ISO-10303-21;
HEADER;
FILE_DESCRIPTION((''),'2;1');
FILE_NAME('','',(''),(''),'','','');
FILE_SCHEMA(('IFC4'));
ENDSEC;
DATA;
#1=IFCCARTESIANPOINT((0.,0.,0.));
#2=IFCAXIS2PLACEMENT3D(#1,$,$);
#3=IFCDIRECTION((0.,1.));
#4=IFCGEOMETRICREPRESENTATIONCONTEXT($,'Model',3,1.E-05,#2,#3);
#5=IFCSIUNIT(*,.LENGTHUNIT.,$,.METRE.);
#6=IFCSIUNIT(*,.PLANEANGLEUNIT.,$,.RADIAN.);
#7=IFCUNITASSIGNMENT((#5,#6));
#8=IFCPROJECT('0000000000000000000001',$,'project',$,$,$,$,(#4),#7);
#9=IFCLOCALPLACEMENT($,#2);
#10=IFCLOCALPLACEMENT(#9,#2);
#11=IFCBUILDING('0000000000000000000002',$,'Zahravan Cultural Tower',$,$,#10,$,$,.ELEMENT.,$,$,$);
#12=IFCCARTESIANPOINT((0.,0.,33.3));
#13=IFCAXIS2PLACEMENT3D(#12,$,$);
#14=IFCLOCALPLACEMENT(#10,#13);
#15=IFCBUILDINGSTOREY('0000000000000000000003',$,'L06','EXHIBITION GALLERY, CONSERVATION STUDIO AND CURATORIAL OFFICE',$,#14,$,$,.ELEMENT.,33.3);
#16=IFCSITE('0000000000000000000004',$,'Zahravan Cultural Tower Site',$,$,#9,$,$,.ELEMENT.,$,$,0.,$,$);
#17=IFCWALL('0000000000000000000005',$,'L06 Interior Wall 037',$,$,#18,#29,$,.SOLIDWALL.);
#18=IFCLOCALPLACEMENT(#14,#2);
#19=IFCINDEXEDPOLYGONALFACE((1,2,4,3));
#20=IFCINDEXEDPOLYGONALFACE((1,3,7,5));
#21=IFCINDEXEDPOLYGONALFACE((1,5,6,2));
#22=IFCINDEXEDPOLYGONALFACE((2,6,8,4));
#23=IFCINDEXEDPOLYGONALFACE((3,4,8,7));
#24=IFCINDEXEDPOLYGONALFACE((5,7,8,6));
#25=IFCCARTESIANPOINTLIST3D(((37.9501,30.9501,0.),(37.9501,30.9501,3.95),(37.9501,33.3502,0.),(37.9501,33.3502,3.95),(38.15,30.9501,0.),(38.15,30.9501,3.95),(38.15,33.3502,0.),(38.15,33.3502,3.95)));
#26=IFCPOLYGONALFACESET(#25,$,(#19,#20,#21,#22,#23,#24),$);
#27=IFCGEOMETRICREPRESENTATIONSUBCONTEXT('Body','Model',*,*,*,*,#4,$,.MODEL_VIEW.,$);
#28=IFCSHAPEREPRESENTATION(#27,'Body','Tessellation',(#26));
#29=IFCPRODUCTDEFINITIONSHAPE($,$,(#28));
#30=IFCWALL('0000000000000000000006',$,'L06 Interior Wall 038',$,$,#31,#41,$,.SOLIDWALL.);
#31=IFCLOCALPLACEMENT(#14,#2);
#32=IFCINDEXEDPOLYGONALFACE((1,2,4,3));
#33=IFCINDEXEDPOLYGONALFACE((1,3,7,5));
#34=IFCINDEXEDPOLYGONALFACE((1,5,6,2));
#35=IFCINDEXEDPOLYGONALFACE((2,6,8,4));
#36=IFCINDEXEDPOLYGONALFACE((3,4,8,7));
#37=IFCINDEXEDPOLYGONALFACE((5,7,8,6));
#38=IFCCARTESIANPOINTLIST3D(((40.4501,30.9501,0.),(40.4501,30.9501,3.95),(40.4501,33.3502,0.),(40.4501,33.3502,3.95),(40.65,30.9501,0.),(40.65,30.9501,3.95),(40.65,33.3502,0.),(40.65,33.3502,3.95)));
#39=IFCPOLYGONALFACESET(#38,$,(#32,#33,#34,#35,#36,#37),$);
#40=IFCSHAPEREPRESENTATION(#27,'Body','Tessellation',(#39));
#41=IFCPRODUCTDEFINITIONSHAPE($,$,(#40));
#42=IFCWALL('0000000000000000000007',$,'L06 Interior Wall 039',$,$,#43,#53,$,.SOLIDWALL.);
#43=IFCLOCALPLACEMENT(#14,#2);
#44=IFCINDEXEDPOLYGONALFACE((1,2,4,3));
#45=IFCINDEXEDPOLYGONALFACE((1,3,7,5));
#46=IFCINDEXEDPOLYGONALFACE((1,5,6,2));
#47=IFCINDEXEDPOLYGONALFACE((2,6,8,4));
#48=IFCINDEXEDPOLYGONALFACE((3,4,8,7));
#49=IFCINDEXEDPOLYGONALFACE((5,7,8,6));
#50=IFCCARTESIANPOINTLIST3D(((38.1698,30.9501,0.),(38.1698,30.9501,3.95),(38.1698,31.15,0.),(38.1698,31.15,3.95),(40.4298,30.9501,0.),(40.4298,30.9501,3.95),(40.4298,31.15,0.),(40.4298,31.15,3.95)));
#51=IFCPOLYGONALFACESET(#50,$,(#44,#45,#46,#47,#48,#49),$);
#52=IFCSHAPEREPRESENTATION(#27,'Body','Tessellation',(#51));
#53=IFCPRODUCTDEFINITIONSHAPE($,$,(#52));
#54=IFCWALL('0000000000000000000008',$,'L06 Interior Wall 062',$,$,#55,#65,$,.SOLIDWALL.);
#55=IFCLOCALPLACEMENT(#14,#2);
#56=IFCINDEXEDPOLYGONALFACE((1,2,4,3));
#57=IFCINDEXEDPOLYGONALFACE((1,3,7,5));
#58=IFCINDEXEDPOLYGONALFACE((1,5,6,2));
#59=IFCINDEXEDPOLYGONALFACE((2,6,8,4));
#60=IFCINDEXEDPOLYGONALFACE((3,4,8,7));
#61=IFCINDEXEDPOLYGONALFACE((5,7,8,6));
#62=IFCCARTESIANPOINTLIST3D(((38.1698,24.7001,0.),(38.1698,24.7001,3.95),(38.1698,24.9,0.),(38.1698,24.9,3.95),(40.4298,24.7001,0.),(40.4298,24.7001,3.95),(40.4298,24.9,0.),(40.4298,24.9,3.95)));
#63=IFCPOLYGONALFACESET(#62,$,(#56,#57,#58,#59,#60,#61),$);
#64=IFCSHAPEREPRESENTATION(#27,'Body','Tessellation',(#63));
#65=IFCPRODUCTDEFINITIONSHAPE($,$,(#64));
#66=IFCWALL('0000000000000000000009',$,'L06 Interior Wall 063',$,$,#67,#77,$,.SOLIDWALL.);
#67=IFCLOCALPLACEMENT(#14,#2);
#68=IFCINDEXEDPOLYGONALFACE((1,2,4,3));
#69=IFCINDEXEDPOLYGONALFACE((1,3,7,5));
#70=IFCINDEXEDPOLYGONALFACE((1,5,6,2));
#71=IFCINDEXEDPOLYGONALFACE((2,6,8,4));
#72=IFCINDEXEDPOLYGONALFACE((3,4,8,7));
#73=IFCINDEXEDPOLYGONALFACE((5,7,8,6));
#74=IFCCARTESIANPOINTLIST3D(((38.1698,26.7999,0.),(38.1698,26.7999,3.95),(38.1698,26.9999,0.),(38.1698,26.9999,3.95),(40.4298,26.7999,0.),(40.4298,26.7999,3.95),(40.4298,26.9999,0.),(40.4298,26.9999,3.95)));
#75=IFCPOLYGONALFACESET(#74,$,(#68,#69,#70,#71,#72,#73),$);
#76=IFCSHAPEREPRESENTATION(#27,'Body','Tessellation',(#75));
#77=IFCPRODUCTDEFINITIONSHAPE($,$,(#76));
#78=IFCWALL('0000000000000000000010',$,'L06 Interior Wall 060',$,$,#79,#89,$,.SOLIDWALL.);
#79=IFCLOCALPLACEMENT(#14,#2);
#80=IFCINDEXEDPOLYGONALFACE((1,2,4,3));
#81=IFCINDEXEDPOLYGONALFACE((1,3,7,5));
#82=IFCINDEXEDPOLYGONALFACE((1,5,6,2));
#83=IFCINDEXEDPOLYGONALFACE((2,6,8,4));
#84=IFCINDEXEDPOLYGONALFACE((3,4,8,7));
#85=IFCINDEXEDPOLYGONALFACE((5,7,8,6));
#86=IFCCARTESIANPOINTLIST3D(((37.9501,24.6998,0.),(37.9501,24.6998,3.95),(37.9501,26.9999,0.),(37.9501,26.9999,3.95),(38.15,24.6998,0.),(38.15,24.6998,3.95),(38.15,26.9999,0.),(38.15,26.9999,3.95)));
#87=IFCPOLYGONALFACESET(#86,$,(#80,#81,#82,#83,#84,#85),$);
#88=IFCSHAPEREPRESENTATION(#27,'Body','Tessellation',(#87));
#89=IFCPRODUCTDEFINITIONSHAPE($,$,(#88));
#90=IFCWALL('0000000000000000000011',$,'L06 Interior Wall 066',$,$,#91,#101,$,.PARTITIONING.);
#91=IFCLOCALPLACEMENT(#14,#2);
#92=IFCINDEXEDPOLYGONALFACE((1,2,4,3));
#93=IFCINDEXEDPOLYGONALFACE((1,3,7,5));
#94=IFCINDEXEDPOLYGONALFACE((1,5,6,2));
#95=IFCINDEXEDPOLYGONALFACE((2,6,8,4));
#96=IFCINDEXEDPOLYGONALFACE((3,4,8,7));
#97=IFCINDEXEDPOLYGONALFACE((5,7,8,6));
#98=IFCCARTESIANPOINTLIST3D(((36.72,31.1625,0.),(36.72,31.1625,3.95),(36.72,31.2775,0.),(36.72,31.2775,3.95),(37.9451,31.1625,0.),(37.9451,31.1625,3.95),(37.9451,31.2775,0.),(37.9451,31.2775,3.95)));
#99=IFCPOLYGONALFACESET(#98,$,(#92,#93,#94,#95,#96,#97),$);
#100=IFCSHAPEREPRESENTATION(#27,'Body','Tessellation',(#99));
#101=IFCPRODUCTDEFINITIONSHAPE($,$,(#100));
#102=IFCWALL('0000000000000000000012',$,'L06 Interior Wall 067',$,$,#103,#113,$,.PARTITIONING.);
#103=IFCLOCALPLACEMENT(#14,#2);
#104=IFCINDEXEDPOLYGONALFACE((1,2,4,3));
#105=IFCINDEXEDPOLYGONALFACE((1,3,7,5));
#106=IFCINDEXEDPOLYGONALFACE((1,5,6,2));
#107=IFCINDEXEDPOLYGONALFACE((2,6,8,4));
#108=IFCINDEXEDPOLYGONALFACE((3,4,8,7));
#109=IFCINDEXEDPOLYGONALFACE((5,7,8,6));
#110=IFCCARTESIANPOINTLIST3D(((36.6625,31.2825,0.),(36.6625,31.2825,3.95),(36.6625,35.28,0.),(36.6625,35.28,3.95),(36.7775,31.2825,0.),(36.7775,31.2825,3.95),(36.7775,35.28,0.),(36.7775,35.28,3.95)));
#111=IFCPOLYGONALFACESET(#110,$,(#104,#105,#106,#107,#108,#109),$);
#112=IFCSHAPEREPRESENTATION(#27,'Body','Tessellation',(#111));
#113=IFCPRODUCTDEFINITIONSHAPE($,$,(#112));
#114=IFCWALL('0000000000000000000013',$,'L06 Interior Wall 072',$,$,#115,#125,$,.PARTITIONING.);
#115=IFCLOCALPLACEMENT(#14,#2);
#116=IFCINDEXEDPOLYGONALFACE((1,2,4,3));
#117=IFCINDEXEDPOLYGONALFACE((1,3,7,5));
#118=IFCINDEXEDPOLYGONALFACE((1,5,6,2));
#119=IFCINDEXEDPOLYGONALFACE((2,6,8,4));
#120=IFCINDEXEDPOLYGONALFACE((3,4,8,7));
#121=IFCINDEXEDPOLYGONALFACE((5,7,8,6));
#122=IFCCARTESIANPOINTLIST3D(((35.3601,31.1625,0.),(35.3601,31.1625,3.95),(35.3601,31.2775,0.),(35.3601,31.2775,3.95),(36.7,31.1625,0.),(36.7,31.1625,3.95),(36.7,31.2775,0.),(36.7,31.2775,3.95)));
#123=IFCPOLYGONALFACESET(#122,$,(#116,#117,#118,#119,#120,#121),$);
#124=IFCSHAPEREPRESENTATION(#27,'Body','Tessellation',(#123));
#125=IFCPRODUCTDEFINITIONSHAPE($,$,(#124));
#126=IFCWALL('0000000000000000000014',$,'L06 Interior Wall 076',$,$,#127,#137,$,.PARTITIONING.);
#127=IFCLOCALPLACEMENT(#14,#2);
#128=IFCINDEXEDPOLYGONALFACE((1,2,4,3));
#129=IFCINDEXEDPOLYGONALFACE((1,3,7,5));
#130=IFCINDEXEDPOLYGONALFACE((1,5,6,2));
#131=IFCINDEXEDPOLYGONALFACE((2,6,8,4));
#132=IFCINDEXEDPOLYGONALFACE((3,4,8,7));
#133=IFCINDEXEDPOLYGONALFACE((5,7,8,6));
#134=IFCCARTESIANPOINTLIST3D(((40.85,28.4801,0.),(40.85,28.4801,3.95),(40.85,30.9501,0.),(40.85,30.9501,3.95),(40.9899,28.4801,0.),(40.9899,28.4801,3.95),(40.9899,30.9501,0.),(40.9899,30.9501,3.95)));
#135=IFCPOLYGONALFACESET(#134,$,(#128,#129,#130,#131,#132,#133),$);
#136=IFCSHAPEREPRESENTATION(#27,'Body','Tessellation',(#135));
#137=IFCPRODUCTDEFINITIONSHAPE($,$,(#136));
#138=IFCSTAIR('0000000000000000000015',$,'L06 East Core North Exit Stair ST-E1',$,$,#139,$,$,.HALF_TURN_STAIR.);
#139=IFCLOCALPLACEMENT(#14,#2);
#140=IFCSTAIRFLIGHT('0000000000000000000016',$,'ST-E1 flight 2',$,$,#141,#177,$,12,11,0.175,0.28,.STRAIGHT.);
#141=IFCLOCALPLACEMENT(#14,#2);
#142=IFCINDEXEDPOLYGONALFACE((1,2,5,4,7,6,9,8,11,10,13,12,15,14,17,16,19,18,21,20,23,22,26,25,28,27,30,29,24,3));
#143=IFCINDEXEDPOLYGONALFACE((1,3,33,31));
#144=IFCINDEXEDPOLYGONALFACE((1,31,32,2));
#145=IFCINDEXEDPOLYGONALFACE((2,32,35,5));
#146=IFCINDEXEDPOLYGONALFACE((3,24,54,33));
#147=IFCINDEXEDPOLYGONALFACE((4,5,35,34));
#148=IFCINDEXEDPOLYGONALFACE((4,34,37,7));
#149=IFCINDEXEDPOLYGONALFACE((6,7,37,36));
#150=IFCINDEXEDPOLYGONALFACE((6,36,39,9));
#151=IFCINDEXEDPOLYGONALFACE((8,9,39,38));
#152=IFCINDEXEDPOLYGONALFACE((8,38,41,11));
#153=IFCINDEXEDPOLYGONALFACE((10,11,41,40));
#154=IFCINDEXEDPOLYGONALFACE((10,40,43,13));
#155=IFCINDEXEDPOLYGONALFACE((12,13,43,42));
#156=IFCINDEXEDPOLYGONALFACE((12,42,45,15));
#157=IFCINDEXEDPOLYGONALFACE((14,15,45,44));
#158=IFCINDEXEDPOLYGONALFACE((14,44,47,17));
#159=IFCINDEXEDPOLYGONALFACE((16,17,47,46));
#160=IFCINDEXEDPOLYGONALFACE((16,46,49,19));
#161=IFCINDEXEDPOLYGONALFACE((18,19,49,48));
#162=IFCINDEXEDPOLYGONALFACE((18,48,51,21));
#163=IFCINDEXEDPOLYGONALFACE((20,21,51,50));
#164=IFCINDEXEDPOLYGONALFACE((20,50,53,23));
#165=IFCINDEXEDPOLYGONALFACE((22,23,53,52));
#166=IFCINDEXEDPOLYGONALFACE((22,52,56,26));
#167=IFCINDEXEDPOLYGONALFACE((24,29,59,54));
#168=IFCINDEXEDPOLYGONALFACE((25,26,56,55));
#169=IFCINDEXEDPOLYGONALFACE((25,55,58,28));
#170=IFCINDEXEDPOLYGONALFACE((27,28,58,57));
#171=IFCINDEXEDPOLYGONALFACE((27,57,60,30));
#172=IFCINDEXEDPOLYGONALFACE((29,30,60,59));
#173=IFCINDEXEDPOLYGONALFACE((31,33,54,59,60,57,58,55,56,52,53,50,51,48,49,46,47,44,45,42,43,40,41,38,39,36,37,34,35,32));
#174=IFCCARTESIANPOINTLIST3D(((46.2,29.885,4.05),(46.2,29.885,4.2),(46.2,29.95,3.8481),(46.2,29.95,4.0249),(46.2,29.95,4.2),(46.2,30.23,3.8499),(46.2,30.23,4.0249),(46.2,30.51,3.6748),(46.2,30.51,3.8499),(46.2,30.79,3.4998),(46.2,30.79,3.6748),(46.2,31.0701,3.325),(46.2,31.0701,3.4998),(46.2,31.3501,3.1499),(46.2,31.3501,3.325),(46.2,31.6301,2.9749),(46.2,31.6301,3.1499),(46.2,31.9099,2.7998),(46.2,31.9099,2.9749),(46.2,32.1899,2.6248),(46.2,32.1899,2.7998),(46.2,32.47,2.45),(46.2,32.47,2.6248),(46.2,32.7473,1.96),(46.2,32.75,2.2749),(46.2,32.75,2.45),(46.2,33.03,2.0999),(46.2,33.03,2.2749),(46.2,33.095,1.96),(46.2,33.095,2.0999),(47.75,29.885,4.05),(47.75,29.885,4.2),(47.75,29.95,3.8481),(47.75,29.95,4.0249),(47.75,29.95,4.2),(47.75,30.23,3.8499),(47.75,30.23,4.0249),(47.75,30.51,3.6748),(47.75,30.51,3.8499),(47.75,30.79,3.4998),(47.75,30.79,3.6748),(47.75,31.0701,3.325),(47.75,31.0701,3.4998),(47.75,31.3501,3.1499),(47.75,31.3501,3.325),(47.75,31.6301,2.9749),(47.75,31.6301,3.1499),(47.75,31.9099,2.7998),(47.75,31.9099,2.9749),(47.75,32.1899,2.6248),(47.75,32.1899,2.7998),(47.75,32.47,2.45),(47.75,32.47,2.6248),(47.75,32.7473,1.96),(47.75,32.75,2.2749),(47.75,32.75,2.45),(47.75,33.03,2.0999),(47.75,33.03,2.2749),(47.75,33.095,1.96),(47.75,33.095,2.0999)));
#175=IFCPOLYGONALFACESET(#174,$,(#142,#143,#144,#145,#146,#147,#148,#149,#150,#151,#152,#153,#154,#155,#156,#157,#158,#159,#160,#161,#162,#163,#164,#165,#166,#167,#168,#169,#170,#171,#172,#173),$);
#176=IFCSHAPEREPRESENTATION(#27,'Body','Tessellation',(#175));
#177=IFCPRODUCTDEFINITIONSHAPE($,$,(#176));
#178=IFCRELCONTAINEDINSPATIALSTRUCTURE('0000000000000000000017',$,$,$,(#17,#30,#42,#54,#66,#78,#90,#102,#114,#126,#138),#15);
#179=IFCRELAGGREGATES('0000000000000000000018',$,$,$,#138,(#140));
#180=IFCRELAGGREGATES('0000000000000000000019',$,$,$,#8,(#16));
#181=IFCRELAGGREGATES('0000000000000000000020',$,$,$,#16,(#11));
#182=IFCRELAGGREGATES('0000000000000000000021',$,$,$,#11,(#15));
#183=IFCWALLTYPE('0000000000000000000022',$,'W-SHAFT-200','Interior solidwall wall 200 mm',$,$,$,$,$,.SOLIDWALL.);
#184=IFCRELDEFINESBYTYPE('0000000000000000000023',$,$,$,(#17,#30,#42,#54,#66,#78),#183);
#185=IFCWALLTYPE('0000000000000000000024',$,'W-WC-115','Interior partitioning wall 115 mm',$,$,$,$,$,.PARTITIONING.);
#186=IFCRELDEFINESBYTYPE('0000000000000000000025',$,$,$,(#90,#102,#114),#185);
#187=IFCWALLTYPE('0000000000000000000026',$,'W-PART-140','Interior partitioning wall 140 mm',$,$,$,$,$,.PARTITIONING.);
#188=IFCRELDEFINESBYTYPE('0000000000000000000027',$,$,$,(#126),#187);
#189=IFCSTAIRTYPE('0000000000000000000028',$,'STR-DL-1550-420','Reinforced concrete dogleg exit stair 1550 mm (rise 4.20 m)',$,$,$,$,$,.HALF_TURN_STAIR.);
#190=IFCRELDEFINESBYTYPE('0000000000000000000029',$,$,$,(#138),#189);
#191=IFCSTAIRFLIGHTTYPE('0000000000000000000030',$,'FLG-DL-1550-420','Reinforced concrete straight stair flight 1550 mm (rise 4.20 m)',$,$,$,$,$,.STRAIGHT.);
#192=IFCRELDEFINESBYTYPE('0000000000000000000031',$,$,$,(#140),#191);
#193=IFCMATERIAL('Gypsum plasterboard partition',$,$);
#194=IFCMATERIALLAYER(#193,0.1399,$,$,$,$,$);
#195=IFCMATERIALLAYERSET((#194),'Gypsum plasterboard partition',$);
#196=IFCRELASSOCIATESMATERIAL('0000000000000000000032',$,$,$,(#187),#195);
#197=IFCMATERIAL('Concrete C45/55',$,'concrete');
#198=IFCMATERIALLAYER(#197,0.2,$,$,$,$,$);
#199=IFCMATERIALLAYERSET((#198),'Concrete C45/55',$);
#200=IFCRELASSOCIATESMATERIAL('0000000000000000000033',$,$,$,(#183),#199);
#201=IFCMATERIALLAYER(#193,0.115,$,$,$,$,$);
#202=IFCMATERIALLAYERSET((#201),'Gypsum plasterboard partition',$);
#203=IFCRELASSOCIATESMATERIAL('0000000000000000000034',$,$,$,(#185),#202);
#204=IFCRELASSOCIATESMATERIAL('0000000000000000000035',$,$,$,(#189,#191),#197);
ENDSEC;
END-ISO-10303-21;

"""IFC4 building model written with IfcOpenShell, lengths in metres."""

from ifc_helpers import new_model, si_unit, direction, frame, frame_2d, origin, place, context, subcontext, project, spatial, polyline, rectangle, outline, extrude, source, transform, mapped, material, layer, layer_set, type_object, element, aggregate, save


model = new_model("IFC4")

# Units and contexts
model_context = context("Model", 3, precision=1e-05, world=origin(), true_north=direction((0.0, 1.0)))
body_context = subcontext(model_context, "Body", "Model", "MODEL_VIEW")
ifc_project = project(units=[si_unit("LENGTHUNIT", "METRE"), si_unit("PLANEANGLEUNIT", "RADIAN")], contexts=[model_context])

# Site, building, storey
site_placement = place(None, origin())
site = spatial("IfcSite", under=ifc_project, at=site_placement, Name="Zahravan Cultural Tower Site", CompositionType="ELEMENT", RefElevation=0.0)
building_placement = place(site_placement, origin())
building = spatial("IfcBuilding", under=site, at=building_placement, Name="Zahravan Cultural Tower", CompositionType="ELEMENT")
storey_placement = place(building_placement, frame((0.0, 0.0, 33.3)))
storey = spatial("IfcBuildingStorey", under=building, at=storey_placement, Name="L06", Description="EXHIBITION GALLERY, CONSERVATION STUDIO AND CURATORIAL OFFICE", CompositionType="ELEMENT", Elevation=33.3)

# Shared definitions
ifc_material_1 = material(Name="Gypsum plasterboard partition")
ifc_layer_1 = layer(ifc_material_1, 0.1399)
ifc_layer_set_1 = layer_set([ifc_layer_1], Name="Gypsum plasterboard partition")
wall_type_1 = type_object("IfcWallType", Name="W-PART-140", Description="Interior partitioning wall 140 mm", PredefinedType="PARTITIONING", material=ifc_layer_set_1)
ifc_material_2 = material(Name="Concrete C45/55", Category="concrete")
ifc_layer_2 = layer(ifc_material_2, 0.2)
ifc_layer_set_2 = layer_set([ifc_layer_2], Name="Concrete C45/55")
wall_type_2 = type_object("IfcWallType", Name="W-SHAFT-200", Description="Interior solidwall wall 200 mm", PredefinedType="SOLIDWALL", material=ifc_layer_set_2)

# Walls
shared_shape_1 = source(origin(), body_context, "Body", "SweptSolid", [
    extrude(rectangle(XDim=2.4001, YDim=0.2, at=frame_2d((1.2002, 0.0))), origin(), (0.0, 0.0, 1.0), 3.95),
])
for number, where, z_axis, x_axis, name in (
    (1, (38.05, 30.95, 0.0), (0.0, 0.0, 1.0), (0.0, 1.0, 0.0), "L06 Interior Wall 037"),
    (2, (40.55, 30.95, 0.0), (0.0, 0.0, 1.0), (0.0, 1.0, 0.0), "L06 Interior Wall 038"),
):
    element("IfcWall", number, at=place(storey_placement, frame(where, z_axis=z_axis, x_axis=x_axis)), inside=storey, type_object=wall_type_2, Name=name, PredefinedType="SOLIDWALL", context=body_context, shape_type="MappedRepresentation", body=[
        mapped(shared_shape_1, transform((0.0, 0.0, 0.0), x_axis=(1.0, 0.0, 0.0), y_axis=(0.0, 1.0, 0.0), z_axis=(0.0, 0.0, 1.0), scale=1.0)),
    ])
shared_shape_2 = source(origin(), body_context, "Body", "SweptSolid", [
    extrude(rectangle(XDim=2.26, YDim=0.2, at=frame_2d((1.1299, 0.0))), origin(), (0.0, 0.0, 1.0), 3.95),
])
for number, where, z_axis, x_axis, name in (
    (3, (38.1699, 31.05, 0.0), (0.0, 0.0, 1.0), (1.0, 0.0, 0.0), "L06 Interior Wall 039"),
    (4, (38.1699, 24.8, 0.0), (0.0, 0.0, 1.0), (1.0, 0.0, 0.0), "L06 Interior Wall 062"),
    (5, (38.1699, 26.8999, 0.0), (0.0, 0.0, 1.0), (1.0, 0.0, 0.0), "L06 Interior Wall 063"),
):
    element("IfcWall", number, at=place(storey_placement, frame(where, z_axis=z_axis, x_axis=x_axis)), inside=storey, type_object=wall_type_2, Name=name, PredefinedType="SOLIDWALL", context=body_context, shape_type="MappedRepresentation", body=[
        mapped(shared_shape_2, transform((0.0, 0.0, 0.0), x_axis=(1.0, 0.0, 0.0), y_axis=(0.0, 1.0, 0.0), z_axis=(0.0, 0.0, 1.0), scale=1.0)),
    ])
shared_shape_3 = source(origin(), body_context, "Body", "SweptSolid", [
    extrude(rectangle(XDim=2.3, YDim=0.2, at=frame_2d((1.1499, 0.0))), origin(), (0.0, 0.0, 1.0), 3.95),
])
wall_1_placement = place(storey_placement, frame((38.05, 24.7, 0.0), z_axis=(0.0, 0.0, 1.0), x_axis=(0.0, 1.0, 0.0)))
element("IfcWall", 6, at=wall_1_placement, inside=storey, type_object=wall_type_2, Name="L06 Interior Wall 060", PredefinedType="SOLIDWALL", context=body_context, shape_type="MappedRepresentation", body=[
    mapped(shared_shape_3, transform((0.0, 0.0, 0.0), x_axis=(1.0, 0.0, 0.0), y_axis=(0.0, 1.0, 0.0), z_axis=(0.0, 0.0, 1.0), scale=1.0)),
])
ifc_layer_3 = layer(ifc_material_1, 0.115)
ifc_layer_set_3 = layer_set([ifc_layer_3], Name="Gypsum plasterboard partition")
wall_type_3 = type_object("IfcWallType", Name="W-WC-115", Description="Interior partitioning wall 115 mm", PredefinedType="PARTITIONING", material=ifc_layer_set_3)
shared_shape_4 = source(origin(), body_context, "Body", "SweptSolid", [
    extrude(rectangle(XDim=1.2251, YDim=0.115, at=frame_2d((0.6125, 0.0))), origin(), (0.0, 0.0, 1.0), 3.95),
])
wall_2_placement = place(storey_placement, frame((37.9451, 31.22, 0.0), z_axis=(0.0, 0.0, 1.0), x_axis=(-1.0, 0.0, 0.0)))
element("IfcWall", 7, at=wall_2_placement, inside=storey, type_object=wall_type_3, Name="L06 Interior Wall 066", PredefinedType="PARTITIONING", context=body_context, shape_type="MappedRepresentation", body=[
    mapped(shared_shape_4, transform((0.0, 0.0, 0.0), x_axis=(1.0, 0.0, 0.0), y_axis=(0.0, 1.0, 0.0), z_axis=(0.0, 0.0, 1.0), scale=1.0)),
])
shared_shape_5 = source(origin(), body_context, "Body", "SweptSolid", [
    extrude(rectangle(XDim=3.9976, YDim=0.115, at=frame_2d((1.9988, 0.0))), origin(), (0.0, 0.0, 1.0), 3.95),
])
wall_3_placement = place(storey_placement, frame((36.72, 31.2825, 0.0), z_axis=(0.0, 0.0, 1.0), x_axis=(0.0, 1.0, 0.0)))
element("IfcWall", 8, at=wall_3_placement, inside=storey, type_object=wall_type_3, Name="L06 Interior Wall 067", PredefinedType="PARTITIONING", context=body_context, shape_type="MappedRepresentation", body=[
    mapped(shared_shape_5, transform((0.0, 0.0, 0.0), x_axis=(1.0, 0.0, 0.0), y_axis=(0.0, 1.0, 0.0), z_axis=(0.0, 0.0, 1.0), scale=1.0)),
])
shared_shape_6 = source(origin(), body_context, "Body", "SweptSolid", [
    extrude(rectangle(XDim=1.3398, YDim=0.115, at=frame_2d((0.6699, 0.0))), origin(), (0.0, 0.0, 1.0), 3.95),
])
wall_4_placement = place(storey_placement, frame((36.7, 31.22, 0.0), z_axis=(0.0, 0.0, 1.0), x_axis=(-1.0, 0.0, 0.0)))
element("IfcWall", 9, at=wall_4_placement, inside=storey, type_object=wall_type_3, Name="L06 Interior Wall 072", PredefinedType="PARTITIONING", context=body_context, shape_type="MappedRepresentation", body=[
    mapped(shared_shape_6, transform((0.0, 0.0, 0.0), x_axis=(1.0, 0.0, 0.0), y_axis=(0.0, 1.0, 0.0), z_axis=(0.0, 0.0, 1.0), scale=1.0)),
])
shared_shape_7 = source(origin(), body_context, "Body", "SweptSolid", [
    extrude(rectangle(XDim=2.47, YDim=0.1399, at=frame_2d((1.2349, 0.0))), origin(), (0.0, 0.0, 1.0), 3.95),
])
wall_5_placement = place(storey_placement, frame((40.9199, 30.95, 0.0), z_axis=(0.0, 0.0, 1.0), x_axis=(0.0, -1.0, 0.0)))
element("IfcWall", 10, at=wall_5_placement, inside=storey, type_object=wall_type_1, Name="L06 Interior Wall 076", PredefinedType="PARTITIONING", context=body_context, shape_type="MappedRepresentation", body=[
    mapped(shared_shape_7, transform((0.0, 0.0, 0.0), x_axis=(1.0, 0.0, 0.0), y_axis=(0.0, 1.0, 0.0), z_axis=(0.0, 0.0, 1.0), scale=1.0)),
])

# Stair, stair flight
stair_type = type_object("IfcStairType", Name="STR-DL-1550-420", Description="Reinforced concrete dogleg exit stair 1550 mm (rise 4.20 m)", PredefinedType="HALF_TURN_STAIR", material=ifc_material_2)
stair_placement = place(storey_placement, origin())
stair = element("IfcStair", 11, at=stair_placement, inside=storey, type_object=stair_type, Name="L06 East Core North Exit Stair ST-E1", PredefinedType="HALF_TURN_STAIR")
stair_flight_type = type_object("IfcStairFlightType", Name="FLG-DL-1550-420", Description="Reinforced concrete straight stair flight 1550 mm (rise 4.20 m)", PredefinedType="STRAIGHT", material=ifc_material_2)
stair_flight_placement = place(storey_placement, frame((46.9751, 33.03, 2.0999), z_axis=(0.0, 0.0, 1.0), x_axis=(0.0, -1.0, 0.0)))
stair_flight = element("IfcStairFlight", 12, at=stair_flight_placement, type_object=stair_flight_type, Name="ST-E1 flight 2", NumberOfRisers=12, NumberOfTreads=11, PredefinedType="STRAIGHT", RiserHeight=0.175, TreadLength=0.28, context=body_context, shape_type="SweptSolid", body=[
    extrude(outline(polyline([(-0.0649, -0.1399), (-0.0649, 0.0), (0.0, 0.0), (0.0, 0.175), (0.28, 0.175), (0.28, 0.3501), (0.5601, 0.3501), (0.5601, 0.5249), (0.8401, 0.5249), (0.8401, 0.7), (1.1201, 0.7), (1.1201, 0.875), (1.3999, 0.875), (1.3999, 1.05), (1.6799, 1.05), (1.6799, 1.2251), (1.96, 1.2251), (1.96, 1.3999), (2.24, 1.3999), (2.24, 1.575), (2.52, 1.575), (2.52, 1.75), (2.8, 1.75), (2.8, 1.925), (3.0801, 1.925), (3.0801, 2.1001), (3.145, 2.1001), (3.145, 1.9502), (3.0801, 1.7483), (0.2827, -0.1399), (-0.0649, -0.1399)])), frame((0.0, 0.7749, 0.0), z_axis=(0.0, -1.0, 0.0), x_axis=(1.0, 0.0, 0.0)), (0.0, 0.0, 1.0), 1.55),
])
aggregate(stair, [stair_flight])

save(model, "model.ifc")
